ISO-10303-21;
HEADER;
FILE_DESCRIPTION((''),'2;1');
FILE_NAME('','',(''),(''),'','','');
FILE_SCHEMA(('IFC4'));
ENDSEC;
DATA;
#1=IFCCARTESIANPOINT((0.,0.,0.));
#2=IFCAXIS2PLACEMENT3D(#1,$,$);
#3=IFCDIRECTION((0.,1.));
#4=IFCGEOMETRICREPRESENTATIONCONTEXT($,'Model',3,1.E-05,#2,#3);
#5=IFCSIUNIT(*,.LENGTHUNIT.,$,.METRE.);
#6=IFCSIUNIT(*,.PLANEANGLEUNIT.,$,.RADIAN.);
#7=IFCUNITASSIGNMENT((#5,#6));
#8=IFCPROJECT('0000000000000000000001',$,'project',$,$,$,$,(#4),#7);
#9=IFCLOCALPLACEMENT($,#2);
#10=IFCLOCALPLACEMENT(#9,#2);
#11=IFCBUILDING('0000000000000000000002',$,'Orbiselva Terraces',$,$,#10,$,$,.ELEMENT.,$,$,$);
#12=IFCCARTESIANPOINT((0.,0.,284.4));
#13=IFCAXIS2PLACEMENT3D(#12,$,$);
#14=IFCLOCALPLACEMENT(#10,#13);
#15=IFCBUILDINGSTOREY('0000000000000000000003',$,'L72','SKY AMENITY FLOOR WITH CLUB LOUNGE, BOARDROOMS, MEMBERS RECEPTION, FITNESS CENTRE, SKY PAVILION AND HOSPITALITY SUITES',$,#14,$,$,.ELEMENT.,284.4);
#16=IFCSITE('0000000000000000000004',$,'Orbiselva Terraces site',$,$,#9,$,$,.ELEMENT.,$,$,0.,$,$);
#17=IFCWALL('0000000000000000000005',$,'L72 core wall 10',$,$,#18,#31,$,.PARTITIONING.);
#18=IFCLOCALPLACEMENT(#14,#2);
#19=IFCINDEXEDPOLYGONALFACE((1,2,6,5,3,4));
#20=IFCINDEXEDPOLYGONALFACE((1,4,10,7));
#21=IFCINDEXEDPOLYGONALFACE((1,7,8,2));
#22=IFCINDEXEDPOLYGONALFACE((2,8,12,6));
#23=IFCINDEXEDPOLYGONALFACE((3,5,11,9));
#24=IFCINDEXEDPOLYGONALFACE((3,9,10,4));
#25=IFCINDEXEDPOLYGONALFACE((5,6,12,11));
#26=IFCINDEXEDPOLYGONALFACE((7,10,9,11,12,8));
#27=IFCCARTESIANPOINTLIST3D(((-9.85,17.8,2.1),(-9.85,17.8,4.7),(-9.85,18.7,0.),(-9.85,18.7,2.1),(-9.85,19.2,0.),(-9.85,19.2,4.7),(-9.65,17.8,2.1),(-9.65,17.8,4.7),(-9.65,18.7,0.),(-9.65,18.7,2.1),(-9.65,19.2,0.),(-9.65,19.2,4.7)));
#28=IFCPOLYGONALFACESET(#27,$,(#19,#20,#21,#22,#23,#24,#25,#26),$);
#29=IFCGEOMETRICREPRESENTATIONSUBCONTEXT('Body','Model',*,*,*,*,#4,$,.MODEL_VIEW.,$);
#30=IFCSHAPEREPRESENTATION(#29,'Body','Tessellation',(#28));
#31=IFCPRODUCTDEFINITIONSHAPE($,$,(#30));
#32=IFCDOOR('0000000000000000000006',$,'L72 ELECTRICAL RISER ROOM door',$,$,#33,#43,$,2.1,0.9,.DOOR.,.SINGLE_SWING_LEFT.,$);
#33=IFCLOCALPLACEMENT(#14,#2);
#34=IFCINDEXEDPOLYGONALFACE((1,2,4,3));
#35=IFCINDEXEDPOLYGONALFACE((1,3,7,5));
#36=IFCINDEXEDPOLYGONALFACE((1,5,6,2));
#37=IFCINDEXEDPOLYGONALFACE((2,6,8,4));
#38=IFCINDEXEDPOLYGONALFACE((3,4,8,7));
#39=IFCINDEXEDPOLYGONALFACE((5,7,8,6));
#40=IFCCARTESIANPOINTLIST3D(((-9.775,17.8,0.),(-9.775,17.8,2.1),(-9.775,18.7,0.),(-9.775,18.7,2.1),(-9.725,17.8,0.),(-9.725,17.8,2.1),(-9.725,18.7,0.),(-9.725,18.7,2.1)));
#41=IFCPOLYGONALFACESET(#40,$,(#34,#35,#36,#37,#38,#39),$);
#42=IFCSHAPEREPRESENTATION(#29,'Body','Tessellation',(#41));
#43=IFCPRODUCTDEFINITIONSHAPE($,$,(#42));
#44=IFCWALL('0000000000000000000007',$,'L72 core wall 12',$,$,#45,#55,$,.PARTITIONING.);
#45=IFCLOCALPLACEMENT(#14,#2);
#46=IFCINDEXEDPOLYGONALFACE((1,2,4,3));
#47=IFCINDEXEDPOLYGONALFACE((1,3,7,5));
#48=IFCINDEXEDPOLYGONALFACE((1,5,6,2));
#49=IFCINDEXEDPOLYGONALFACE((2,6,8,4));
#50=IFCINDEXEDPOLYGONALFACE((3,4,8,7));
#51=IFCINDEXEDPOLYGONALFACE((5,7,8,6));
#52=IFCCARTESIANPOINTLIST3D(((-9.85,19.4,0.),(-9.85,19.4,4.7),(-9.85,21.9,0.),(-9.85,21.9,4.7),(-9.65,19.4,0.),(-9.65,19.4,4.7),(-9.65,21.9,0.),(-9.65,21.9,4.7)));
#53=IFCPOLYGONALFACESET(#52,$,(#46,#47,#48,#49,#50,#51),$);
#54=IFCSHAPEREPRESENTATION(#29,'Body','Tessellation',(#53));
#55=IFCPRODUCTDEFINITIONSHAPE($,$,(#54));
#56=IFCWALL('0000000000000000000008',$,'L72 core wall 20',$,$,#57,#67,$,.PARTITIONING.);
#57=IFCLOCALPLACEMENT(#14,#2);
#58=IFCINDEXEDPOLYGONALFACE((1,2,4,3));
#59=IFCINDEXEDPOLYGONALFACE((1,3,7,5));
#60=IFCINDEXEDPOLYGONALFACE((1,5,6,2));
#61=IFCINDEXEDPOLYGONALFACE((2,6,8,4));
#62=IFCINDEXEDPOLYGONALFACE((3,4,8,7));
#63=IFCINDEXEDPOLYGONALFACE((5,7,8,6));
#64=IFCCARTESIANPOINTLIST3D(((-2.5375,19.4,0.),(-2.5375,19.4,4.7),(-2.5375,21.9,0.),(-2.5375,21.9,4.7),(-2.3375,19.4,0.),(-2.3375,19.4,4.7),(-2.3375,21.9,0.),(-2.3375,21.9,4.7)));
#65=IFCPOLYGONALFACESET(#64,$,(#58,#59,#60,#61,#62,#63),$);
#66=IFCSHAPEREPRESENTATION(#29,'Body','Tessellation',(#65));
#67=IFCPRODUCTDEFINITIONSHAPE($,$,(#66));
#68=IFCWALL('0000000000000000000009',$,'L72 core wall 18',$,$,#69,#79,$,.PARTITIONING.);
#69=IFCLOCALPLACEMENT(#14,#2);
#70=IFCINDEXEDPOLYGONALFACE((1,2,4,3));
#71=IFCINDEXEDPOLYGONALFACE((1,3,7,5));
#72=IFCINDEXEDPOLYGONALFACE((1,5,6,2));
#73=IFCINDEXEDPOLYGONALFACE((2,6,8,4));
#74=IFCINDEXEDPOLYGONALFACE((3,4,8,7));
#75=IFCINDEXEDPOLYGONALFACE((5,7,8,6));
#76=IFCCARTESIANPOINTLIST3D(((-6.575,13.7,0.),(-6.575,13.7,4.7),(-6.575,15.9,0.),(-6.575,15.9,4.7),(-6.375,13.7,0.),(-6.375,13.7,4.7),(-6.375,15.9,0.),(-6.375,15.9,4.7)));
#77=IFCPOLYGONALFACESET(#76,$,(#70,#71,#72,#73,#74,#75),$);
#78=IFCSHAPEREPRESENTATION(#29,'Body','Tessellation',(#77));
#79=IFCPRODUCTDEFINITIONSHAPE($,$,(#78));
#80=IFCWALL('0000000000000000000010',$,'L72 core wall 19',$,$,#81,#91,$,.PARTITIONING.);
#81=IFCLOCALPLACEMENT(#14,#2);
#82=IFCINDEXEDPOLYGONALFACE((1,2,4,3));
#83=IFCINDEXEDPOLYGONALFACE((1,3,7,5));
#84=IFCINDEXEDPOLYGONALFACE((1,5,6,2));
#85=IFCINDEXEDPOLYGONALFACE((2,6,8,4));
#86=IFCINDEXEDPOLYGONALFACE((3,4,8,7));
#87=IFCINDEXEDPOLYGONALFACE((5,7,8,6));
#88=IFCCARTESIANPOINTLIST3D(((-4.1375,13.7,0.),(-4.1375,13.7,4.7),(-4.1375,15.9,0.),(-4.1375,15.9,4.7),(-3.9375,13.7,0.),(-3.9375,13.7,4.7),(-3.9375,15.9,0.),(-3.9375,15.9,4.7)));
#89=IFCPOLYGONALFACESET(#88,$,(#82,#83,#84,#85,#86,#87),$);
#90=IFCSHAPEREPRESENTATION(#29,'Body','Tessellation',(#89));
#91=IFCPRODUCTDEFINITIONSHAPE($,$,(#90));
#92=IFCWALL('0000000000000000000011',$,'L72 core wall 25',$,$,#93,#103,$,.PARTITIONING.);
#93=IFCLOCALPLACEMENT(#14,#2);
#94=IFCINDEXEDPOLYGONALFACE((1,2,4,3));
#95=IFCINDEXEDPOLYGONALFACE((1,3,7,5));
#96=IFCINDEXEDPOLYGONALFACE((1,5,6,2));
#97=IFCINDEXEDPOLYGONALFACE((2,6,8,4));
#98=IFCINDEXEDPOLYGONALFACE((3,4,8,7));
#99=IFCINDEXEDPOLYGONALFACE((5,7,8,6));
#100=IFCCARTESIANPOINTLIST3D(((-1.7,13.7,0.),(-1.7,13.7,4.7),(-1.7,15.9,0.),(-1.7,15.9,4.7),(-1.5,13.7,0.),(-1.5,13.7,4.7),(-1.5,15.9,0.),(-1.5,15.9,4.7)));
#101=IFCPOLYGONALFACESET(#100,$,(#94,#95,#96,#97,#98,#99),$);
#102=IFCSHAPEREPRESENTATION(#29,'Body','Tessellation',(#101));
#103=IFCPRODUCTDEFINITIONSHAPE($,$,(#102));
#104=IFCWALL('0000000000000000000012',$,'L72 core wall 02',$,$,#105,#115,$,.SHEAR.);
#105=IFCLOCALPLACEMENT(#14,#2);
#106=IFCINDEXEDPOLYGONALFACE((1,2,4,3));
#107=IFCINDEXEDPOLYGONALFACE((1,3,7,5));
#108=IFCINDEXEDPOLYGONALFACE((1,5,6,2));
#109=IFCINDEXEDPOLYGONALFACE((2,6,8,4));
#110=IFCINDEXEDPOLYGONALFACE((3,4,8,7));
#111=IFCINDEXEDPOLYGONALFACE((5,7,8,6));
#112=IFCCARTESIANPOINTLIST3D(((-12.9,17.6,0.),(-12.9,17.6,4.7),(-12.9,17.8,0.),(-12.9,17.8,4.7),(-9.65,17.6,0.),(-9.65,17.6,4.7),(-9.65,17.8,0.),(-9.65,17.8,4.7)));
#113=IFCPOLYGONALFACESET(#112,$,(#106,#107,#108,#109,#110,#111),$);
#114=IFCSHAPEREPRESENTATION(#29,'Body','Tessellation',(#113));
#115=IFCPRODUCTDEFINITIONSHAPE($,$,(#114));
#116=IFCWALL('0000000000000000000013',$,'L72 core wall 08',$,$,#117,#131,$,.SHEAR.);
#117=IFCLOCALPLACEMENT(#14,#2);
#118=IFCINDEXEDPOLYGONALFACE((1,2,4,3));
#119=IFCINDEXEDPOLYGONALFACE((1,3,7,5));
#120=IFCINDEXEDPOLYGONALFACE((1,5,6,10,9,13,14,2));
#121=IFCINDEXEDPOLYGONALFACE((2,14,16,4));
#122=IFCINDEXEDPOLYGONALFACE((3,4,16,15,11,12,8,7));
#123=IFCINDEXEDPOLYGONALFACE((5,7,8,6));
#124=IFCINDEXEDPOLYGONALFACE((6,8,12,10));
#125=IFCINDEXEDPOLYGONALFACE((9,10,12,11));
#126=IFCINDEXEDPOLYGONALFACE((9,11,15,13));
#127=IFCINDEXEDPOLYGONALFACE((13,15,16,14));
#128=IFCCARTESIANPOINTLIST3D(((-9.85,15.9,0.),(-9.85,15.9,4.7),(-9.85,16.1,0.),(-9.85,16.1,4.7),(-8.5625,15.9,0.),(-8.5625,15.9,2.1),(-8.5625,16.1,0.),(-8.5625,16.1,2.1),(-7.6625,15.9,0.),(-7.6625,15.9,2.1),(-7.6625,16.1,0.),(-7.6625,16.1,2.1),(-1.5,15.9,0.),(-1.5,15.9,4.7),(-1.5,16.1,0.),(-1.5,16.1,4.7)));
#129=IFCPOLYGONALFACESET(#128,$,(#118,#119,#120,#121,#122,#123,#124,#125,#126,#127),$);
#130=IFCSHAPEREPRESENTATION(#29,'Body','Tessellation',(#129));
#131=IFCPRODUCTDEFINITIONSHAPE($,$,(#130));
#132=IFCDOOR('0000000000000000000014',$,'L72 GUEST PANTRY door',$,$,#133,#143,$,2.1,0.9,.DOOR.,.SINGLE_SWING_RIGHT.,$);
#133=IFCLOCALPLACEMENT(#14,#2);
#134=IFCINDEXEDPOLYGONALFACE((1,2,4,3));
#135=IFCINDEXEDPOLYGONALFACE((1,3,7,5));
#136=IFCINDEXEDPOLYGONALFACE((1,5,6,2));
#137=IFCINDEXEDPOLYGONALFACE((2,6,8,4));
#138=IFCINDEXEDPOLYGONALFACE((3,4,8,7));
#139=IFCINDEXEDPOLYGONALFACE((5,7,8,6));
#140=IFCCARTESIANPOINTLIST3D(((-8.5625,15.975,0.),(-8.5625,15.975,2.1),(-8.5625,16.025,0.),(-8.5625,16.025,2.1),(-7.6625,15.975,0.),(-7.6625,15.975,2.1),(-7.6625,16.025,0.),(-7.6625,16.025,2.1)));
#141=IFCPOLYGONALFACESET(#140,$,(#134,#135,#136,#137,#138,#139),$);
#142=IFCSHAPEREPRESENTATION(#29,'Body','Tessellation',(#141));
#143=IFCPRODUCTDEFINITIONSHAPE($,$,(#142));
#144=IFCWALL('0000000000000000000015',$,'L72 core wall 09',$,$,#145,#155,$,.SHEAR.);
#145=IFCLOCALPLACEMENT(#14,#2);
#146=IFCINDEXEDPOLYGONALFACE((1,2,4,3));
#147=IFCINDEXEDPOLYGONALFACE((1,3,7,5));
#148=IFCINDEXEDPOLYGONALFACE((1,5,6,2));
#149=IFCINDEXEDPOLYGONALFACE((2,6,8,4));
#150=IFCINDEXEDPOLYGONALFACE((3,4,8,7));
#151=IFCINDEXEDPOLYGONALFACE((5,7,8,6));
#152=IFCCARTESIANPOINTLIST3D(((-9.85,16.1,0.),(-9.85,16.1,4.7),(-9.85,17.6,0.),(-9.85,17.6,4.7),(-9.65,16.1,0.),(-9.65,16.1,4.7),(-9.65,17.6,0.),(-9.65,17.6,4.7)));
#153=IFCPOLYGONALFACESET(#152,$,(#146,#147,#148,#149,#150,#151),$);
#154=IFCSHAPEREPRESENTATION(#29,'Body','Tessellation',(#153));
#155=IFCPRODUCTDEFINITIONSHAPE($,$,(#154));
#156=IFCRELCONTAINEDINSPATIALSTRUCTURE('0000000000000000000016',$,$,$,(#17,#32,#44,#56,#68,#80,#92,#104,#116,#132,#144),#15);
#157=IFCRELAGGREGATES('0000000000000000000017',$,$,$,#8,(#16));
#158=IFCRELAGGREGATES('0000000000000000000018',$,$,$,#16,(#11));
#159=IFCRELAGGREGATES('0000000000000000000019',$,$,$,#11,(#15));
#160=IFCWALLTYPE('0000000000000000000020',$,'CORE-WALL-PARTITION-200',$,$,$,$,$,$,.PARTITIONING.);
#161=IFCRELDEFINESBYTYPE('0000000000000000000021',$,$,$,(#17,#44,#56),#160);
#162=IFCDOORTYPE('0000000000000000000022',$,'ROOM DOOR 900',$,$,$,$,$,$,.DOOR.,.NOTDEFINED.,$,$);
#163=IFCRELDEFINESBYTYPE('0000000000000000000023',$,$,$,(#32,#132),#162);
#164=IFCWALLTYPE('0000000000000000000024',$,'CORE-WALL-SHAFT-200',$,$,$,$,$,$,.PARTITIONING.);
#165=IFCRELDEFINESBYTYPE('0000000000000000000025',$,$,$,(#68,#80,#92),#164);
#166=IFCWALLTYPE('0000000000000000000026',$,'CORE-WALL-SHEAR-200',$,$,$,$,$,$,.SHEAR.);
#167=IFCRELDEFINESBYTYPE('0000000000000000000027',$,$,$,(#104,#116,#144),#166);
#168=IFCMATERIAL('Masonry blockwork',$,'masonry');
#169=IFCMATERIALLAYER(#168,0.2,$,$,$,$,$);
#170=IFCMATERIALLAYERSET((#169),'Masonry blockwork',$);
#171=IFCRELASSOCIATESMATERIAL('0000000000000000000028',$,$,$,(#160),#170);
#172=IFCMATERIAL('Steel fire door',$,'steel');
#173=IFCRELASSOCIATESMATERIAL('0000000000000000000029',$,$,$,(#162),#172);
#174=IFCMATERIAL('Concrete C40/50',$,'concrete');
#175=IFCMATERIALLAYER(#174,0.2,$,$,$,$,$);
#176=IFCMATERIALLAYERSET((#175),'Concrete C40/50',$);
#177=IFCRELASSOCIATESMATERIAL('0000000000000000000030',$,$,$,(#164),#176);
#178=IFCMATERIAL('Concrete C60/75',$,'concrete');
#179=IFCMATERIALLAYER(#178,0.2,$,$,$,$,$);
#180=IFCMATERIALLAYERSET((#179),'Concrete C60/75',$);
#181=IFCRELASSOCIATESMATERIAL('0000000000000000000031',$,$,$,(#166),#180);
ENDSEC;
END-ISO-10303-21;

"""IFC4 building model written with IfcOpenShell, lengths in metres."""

from ifc_helpers import new_model, si_unit, direction, frame, frame_2d, origin, place, context, subcontext, project, spatial, rectangle, extrude, material, layer, layer_set, type_object, element, fill, save


model = new_model("IFC4")

# Units and contexts
model_context = context("Model", 3, precision=1e-05, world=origin(), true_north=direction((0.0, 1.0)))
body_context = subcontext(model_context, "Body", "Model", "MODEL_VIEW")
ifc_project = project(units=[si_unit("LENGTHUNIT", "METRE"), si_unit("PLANEANGLEUNIT", "RADIAN")], contexts=[model_context])

# Site, building, storey
site_placement = place(None, origin())
site = spatial("IfcSite", under=ifc_project, at=site_placement, Name="Orbiselva Terraces site", CompositionType="ELEMENT", RefElevation=0.0)
building_placement = place(site_placement, origin())
building = spatial("IfcBuilding", under=site, at=building_placement, Name="Orbiselva Terraces", CompositionType="ELEMENT")
storey_placement = place(building_placement, frame((0.0, 0.0, 284.4)))
storey = spatial("IfcBuildingStorey", under=building, at=storey_placement, Name="L72", Description="SKY AMENITY FLOOR WITH CLUB LOUNGE, BOARDROOMS, MEMBERS RECEPTION, FITNESS CENTRE, SKY PAVILION AND HOSPITALITY SUITES", CompositionType="ELEMENT", Elevation=284.4)

# Wall, opening, door
ifc_material_1 = material(Name="Masonry blockwork", Category="masonry")
ifc_layer_1 = layer(ifc_material_1, 0.2)
ifc_layer_set_1 = layer_set([ifc_layer_1], Name="Masonry blockwork")
wall_type_1 = type_object("IfcWallType", Name="CORE-WALL-PARTITION-200", PredefinedType="PARTITIONING", material=ifc_layer_set_1)
wall_1_placement = place(storey_placement, frame((-9.75, 17.8, 0.0), z_axis=(0.0, 0.0, 1.0), x_axis=(0.0, 1.0, 0.0)))
wall_1 = element("IfcWall", 1, at=wall_1_placement, inside=storey, type_object=wall_type_1, Name="L72 core wall 10", PredefinedType="PARTITIONING", context=body_context, shape_type="SweptSolid", body=[
    extrude(rectangle(XDim=1.4, YDim=0.2, at=frame_2d((0.7, 0.0))), origin(), (0.0, 0.0, 1.0), 4.7),
])
opening_1_placement = place(wall_1_placement, origin())
opening_1 = element("IfcOpeningElement", 2, at=opening_1_placement, cuts=wall_1, PredefinedType="OPENING", context=body_context, shape_type="SweptSolid", body=[
    extrude(rectangle(XDim=0.9, YDim=2.1, at=frame_2d((0.45, 1.05))), frame((0.0, 0.11, 0.0), z_axis=(0.0, -1.0, 0.0), x_axis=(1.0, 0.0, 0.0)), (0.0, 0.0, 1.0), 0.22),
])
ifc_material_2 = material(Name="Steel fire door", Category="steel")
door_type_1 = type_object("IfcDoorType", Name="ROOM DOOR 900", OperationType="NOTDEFINED", PredefinedType="DOOR", material=ifc_material_2)
door_1_placement = place(opening_1_placement, origin())
door_1 = element("IfcDoor", 3, at=door_1_placement, inside=storey, type_object=door_type_1, Name="L72 ELECTRICAL RISER ROOM door", OperationType="SINGLE_SWING_LEFT", OverallHeight=2.1, OverallWidth=0.9, PredefinedType="DOOR", context=body_context, shape_type="SweptSolid", body=[
    extrude(rectangle(XDim=0.9, YDim=2.1, at=frame_2d((0.45, 1.05))), frame((0.0, 0.025, 0.0), z_axis=(0.0, -1.0, 0.0), x_axis=(1.0, 0.0, 0.0)), (0.0, 0.0, 1.0), 0.05),
])
fill(opening_1, door_1)

# Walls
for number, where, z_axis, x_axis, name in (
    (4, (-9.75, 19.4, 0.0), (0.0, 0.0, 1.0), (0.0, 1.0, 0.0), "L72 core wall 12"),
    (5, (-2.4375, 19.4, 0.0), (0.0, 0.0, 1.0), (0.0, 1.0, 0.0), "L72 core wall 20"),
):
    element("IfcWall", number, at=place(storey_placement, frame(where, z_axis=z_axis, x_axis=x_axis)), inside=storey, type_object=wall_type_1, Name=name, PredefinedType="PARTITIONING", context=body_context, shape_type="SweptSolid", body=[
        extrude(rectangle(XDim=2.5, YDim=0.2, at=frame_2d((1.25, 0.0))), origin(), (0.0, 0.0, 1.0), 4.7),
    ])
ifc_material_3 = material(Name="Concrete C40/50", Category="concrete")
ifc_layer_2 = layer(ifc_material_3, 0.2)
ifc_layer_set_2 = layer_set([ifc_layer_2], Name="Concrete C40/50")
wall_type_2 = type_object("IfcWallType", Name="CORE-WALL-SHAFT-200", PredefinedType="PARTITIONING", material=ifc_layer_set_2)
for number, where, z_axis, x_axis, name in (
    (6, (-6.475, 13.7, 0.0), (0.0, 0.0, 1.0), (0.0, 1.0, 0.0), "L72 core wall 18"),
    (7, (-4.0375, 13.7, 0.0), (0.0, 0.0, 1.0), (0.0, 1.0, 0.0), "L72 core wall 19"),
    (8, (-1.6, 13.7, 0.0), (0.0, 0.0, 1.0), (0.0, 1.0, 0.0), "L72 core wall 25"),
):
    element("IfcWall", number, at=place(storey_placement, frame(where, z_axis=z_axis, x_axis=x_axis)), inside=storey, type_object=wall_type_2, Name=name, PredefinedType="PARTITIONING", context=body_context, shape_type="SweptSolid", body=[
        extrude(rectangle(XDim=2.2, YDim=0.2, at=frame_2d((1.1, 0.0))), origin(), (0.0, 0.0, 1.0), 4.7),
    ])
ifc_material_4 = material(Name="Concrete C60/75", Category="concrete")
ifc_layer_3 = layer(ifc_material_4, 0.2)
ifc_layer_set_3 = layer_set([ifc_layer_3], Name="Concrete C60/75")
wall_type_3 = type_object("IfcWallType", Name="CORE-WALL-SHEAR-200", PredefinedType="SHEAR", material=ifc_layer_set_3)
wall_2_placement = place(storey_placement, frame((-12.9, 17.7, 0.0), z_axis=(0.0, 0.0, 1.0), x_axis=(1.0, 0.0, 0.0)))
element("IfcWall", 9, at=wall_2_placement, inside=storey, type_object=wall_type_3, Name="L72 core wall 02", PredefinedType="SHEAR", context=body_context, shape_type="SweptSolid", body=[
    extrude(rectangle(XDim=3.25, YDim=0.2, at=frame_2d((1.625, 0.0))), origin(), (0.0, 0.0, 1.0), 4.7),
])

# Wall, opening, door
wall_3_placement = place(storey_placement, frame((-1.5, 16.0, 0.0), z_axis=(0.0, 0.0, 1.0), x_axis=(-1.0, 0.0, 0.0)))
wall_3 = element("IfcWall", 10, at=wall_3_placement, inside=storey, type_object=wall_type_3, Name="L72 core wall 08", PredefinedType="SHEAR", context=body_context, shape_type="SweptSolid", body=[
    extrude(rectangle(XDim=8.35, YDim=0.2, at=frame_2d((4.175, 0.0))), origin(), (0.0, 0.0, 1.0), 4.7),
])
opening_2_placement = place(wall_3_placement, frame((6.1625, 0.0, 0.0)))
opening_2 = element("IfcOpeningElement", 11, at=opening_2_placement, cuts=wall_3, PredefinedType="OPENING", context=body_context, shape_type="SweptSolid", body=[
    extrude(rectangle(XDim=0.9, YDim=2.1, at=frame_2d((0.45, 1.05))), frame((0.0, 0.11, 0.0), z_axis=(0.0, -1.0, 0.0), x_axis=(1.0, 0.0, 0.0)), (0.0, 0.0, 1.0), 0.22),
])
door_2_placement = place(opening_2_placement, origin())
door_2 = element("IfcDoor", 12, at=door_2_placement, inside=storey, type_object=door_type_1, Name="L72 GUEST PANTRY door", OperationType="SINGLE_SWING_RIGHT", OverallHeight=2.1, OverallWidth=0.9, PredefinedType="DOOR", context=body_context, shape_type="SweptSolid", body=[
    extrude(rectangle(XDim=0.9, YDim=2.1, at=frame_2d((0.45, 1.05))), frame((0.0, 0.025, 0.0), z_axis=(0.0, -1.0, 0.0), x_axis=(1.0, 0.0, 0.0)), (0.0, 0.0, 1.0), 0.05),
])
fill(opening_2, door_2)

# Wall
wall_4_placement = place(storey_placement, frame((-9.75, 16.1, 0.0), z_axis=(0.0, 0.0, 1.0), x_axis=(0.0, 1.0, 0.0)))
element("IfcWall", 13, at=wall_4_placement, inside=storey, type_object=wall_type_3, Name="L72 core wall 09", PredefinedType="SHEAR", context=body_context, shape_type="SweptSolid", body=[
    extrude(rectangle(XDim=1.5, YDim=0.2, at=frame_2d((0.75, 0.0))), origin(), (0.0, 0.0, 1.0), 4.7),
])

save(model, "model.ifc")
